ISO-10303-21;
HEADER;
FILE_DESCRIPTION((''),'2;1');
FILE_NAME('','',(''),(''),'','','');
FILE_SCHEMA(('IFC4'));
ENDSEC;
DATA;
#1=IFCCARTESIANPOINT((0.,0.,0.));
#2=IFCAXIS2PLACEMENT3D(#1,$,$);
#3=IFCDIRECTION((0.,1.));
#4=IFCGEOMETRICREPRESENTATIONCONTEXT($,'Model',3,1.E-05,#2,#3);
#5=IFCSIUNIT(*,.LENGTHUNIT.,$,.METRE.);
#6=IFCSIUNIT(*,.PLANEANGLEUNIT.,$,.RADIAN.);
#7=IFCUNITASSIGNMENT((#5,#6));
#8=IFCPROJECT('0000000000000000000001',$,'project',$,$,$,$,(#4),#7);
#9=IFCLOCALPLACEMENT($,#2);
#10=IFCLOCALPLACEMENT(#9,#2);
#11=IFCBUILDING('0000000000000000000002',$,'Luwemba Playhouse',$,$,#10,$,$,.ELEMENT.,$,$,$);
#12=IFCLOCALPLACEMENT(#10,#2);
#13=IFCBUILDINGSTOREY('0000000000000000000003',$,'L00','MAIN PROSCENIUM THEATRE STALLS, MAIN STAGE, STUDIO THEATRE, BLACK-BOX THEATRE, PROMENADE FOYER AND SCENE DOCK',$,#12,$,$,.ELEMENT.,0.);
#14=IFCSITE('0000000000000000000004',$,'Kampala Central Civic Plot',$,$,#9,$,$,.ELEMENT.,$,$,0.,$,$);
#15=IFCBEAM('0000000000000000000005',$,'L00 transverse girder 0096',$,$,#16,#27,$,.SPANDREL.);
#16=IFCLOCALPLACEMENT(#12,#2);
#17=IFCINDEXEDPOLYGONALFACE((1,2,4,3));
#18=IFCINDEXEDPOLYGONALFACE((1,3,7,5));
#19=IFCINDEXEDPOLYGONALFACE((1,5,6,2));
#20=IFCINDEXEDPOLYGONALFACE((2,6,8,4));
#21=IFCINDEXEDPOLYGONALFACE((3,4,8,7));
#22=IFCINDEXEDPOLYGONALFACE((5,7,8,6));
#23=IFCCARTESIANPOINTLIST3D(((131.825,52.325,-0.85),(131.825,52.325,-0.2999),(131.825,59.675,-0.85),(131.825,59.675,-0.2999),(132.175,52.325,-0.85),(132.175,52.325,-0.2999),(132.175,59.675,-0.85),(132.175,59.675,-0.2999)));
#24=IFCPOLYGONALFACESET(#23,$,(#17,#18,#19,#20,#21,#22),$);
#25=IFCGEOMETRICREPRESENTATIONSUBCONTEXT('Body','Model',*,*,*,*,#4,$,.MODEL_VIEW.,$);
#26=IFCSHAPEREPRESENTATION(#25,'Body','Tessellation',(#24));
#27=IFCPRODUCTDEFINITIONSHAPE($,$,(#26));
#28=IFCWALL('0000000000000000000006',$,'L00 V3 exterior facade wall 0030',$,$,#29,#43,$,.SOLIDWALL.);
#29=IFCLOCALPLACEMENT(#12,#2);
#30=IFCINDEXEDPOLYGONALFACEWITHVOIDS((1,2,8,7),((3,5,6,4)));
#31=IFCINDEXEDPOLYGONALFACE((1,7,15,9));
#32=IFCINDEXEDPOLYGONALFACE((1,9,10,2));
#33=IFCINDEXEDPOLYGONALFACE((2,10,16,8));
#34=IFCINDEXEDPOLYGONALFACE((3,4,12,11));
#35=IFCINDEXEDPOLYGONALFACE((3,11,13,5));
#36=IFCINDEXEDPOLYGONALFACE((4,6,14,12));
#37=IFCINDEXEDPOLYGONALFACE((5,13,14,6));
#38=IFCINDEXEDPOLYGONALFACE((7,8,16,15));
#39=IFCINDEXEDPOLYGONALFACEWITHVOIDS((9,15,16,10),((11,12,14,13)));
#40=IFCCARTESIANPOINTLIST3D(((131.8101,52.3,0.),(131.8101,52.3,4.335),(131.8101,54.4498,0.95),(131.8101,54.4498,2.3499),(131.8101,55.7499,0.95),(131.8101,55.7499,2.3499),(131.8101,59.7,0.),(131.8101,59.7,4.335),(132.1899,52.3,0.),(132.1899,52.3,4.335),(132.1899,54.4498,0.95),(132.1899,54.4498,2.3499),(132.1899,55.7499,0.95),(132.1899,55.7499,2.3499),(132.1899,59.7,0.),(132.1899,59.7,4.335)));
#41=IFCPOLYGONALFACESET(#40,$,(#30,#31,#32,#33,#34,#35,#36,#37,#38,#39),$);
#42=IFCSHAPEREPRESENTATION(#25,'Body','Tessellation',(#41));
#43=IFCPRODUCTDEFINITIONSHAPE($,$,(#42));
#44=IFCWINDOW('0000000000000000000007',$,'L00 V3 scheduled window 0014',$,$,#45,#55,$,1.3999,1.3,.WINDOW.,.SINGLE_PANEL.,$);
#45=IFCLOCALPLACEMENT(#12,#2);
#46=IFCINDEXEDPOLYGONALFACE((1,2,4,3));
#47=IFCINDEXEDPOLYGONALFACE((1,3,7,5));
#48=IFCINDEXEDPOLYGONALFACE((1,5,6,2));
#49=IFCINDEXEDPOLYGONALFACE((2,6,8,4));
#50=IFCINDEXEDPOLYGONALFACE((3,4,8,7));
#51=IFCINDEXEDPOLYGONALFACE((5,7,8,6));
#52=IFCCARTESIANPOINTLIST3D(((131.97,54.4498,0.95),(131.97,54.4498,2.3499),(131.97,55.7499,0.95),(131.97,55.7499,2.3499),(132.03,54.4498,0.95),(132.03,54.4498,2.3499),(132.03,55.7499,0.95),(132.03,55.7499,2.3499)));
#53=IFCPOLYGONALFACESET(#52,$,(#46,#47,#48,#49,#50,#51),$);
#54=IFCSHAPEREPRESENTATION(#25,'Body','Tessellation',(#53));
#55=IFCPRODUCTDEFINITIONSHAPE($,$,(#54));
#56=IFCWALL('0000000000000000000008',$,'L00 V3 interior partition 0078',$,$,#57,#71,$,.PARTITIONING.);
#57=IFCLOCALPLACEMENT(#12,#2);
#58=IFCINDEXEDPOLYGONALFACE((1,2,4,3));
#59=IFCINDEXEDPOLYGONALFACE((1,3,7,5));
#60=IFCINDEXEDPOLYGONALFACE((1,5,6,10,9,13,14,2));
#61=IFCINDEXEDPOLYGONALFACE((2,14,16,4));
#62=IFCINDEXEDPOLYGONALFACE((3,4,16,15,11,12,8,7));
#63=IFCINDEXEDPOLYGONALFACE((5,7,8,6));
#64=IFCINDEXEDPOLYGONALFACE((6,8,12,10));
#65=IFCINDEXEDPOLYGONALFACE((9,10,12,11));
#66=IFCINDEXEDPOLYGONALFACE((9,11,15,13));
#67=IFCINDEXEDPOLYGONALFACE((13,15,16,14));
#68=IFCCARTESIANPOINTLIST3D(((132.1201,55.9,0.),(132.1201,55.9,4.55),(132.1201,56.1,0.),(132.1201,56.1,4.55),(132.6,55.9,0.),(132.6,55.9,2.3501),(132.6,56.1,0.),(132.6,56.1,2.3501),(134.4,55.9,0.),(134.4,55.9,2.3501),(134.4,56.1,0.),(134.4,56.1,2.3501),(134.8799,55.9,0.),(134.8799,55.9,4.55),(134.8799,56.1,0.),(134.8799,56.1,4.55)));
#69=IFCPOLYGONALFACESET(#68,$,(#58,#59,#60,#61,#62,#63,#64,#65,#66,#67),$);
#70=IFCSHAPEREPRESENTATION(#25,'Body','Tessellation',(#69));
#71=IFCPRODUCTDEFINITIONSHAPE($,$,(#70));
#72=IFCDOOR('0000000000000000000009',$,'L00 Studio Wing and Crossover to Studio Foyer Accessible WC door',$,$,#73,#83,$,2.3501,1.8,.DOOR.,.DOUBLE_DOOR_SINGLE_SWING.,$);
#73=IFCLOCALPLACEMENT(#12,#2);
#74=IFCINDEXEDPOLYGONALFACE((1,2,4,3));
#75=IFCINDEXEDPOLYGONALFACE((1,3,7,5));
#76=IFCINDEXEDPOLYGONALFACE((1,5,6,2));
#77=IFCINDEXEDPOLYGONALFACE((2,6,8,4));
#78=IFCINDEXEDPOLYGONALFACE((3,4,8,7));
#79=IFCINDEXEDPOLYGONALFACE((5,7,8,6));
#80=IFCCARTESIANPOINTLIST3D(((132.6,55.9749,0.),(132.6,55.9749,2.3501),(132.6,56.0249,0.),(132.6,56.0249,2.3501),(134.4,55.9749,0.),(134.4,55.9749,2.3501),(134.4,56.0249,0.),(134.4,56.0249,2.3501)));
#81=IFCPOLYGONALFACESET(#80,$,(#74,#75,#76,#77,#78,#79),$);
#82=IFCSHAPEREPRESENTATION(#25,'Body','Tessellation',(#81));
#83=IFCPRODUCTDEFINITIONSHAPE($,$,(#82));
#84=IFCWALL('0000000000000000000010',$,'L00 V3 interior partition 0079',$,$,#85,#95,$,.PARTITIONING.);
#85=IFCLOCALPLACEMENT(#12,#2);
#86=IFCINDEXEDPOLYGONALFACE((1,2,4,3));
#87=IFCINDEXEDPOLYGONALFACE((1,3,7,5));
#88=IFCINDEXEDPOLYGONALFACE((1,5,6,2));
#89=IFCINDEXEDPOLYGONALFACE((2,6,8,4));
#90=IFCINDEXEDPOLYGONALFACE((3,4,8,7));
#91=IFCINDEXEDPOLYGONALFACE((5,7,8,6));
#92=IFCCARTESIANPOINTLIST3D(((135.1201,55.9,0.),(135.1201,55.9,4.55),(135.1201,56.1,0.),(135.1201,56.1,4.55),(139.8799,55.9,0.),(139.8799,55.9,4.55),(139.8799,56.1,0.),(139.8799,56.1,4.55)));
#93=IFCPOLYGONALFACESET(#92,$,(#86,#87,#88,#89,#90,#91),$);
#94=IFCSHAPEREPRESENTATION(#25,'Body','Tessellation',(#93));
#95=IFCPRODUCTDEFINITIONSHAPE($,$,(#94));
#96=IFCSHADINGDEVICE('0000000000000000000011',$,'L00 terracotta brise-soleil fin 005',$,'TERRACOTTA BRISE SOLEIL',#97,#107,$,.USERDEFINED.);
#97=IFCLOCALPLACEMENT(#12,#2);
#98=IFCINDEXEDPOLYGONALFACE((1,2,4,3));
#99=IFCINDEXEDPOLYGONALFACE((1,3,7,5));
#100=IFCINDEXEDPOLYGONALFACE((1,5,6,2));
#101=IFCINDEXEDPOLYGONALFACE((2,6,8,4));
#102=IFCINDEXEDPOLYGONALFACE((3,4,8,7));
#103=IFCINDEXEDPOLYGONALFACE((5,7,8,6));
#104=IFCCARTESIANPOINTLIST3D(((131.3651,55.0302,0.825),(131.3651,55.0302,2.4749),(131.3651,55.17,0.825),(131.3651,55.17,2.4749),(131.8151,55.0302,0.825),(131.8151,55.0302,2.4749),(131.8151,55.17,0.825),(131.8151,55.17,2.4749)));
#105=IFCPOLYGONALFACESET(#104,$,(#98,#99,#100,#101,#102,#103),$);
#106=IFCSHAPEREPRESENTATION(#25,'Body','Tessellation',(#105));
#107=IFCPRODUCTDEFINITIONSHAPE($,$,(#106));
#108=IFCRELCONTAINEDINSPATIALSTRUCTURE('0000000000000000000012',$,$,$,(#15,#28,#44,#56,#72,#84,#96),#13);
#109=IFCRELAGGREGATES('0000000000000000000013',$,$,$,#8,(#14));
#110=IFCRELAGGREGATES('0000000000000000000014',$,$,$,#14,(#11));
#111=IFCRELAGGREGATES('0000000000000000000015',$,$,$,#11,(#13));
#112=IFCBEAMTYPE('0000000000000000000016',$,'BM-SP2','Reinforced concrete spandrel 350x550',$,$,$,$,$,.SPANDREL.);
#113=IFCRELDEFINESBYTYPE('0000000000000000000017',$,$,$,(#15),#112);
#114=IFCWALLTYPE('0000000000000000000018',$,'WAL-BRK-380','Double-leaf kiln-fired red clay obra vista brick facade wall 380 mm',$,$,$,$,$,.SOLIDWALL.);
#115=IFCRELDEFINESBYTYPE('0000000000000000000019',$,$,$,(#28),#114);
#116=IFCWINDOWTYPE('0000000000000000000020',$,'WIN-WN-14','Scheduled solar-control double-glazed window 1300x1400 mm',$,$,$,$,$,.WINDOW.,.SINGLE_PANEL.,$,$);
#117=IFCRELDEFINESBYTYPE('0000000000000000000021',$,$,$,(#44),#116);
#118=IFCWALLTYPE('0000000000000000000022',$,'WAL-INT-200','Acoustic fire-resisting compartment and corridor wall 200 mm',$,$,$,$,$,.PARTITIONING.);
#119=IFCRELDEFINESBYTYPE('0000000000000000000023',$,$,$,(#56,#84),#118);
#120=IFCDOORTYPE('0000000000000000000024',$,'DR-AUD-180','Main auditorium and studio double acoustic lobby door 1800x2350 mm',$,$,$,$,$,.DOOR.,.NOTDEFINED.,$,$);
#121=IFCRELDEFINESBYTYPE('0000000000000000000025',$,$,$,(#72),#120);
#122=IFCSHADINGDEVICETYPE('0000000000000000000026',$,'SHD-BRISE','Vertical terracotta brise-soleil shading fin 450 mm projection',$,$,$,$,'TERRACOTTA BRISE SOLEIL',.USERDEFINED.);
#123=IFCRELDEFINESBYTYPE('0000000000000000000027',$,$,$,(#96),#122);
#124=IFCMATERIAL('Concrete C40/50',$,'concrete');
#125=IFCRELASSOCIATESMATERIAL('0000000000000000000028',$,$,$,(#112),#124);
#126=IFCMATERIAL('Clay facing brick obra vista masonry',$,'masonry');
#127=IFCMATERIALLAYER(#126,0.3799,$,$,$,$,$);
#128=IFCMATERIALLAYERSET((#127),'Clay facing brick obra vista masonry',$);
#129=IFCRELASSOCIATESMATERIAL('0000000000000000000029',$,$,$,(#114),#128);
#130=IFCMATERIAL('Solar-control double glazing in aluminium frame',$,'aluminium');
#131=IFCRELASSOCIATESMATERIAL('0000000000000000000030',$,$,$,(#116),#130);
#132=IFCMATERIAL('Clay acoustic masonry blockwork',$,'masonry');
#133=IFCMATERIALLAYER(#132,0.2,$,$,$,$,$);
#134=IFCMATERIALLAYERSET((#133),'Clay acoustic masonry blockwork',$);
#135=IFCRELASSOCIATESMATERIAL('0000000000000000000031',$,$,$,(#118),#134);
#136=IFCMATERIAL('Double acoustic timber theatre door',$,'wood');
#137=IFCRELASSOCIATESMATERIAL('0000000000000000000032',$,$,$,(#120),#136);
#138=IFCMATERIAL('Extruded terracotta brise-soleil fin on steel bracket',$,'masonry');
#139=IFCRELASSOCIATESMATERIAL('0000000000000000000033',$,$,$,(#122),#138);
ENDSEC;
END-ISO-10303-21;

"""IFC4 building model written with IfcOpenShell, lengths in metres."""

from ifc_helpers import new_model, si_unit, direction, frame, frame_2d, origin, origin_2d, place, context, subcontext, project, spatial, rectangle, extrude, material, layer, layer_set, material_profile, profile_set, type_object, element, fill, save


model = new_model("IFC4")

# Units and contexts
model_context = context("Model", 3, precision=1e-05, world=origin(), true_north=direction((0.0, 1.0)))
body_context = subcontext(model_context, "Body", "Model", "MODEL_VIEW")
ifc_project = project(units=[si_unit("LENGTHUNIT", "METRE"), si_unit("PLANEANGLEUNIT", "RADIAN")], contexts=[model_context])

# Site, building, storey
site_placement = place(None, origin())
site = spatial("IfcSite", under=ifc_project, at=site_placement, Name="Kampala Central Civic Plot", CompositionType="ELEMENT", RefElevation=0.0)
building_placement = place(site_placement, origin())
building = spatial("IfcBuilding", under=site, at=building_placement, Name="Luwemba Playhouse", CompositionType="ELEMENT")
storey_placement = place(building_placement, origin())
storey = spatial("IfcBuildingStorey", under=building, at=storey_placement, Name="L00", Description="MAIN PROSCENIUM THEATRE STALLS, MAIN STAGE, STUDIO THEATRE, BLACK-BOX THEATRE, PROMENADE FOYER AND SCENE DOCK", CompositionType="ELEMENT", Elevation=0.0)

# Shared definitions
ifc_material_1 = material(Name="Concrete C40/50", Category="concrete")

# Beam
ifc_material_profile_1 = material_profile(ifc_material_1, rectangle(XDim=0.3501, YDim=0.55, at=origin_2d()))
ifc_profile_set_1 = profile_set([ifc_material_profile_1], Name="Concrete C40/50")
beam_type_1 = type_object("IfcBeamType", Name="BM-SP2", Description="Reinforced concrete spandrel 350x550", PredefinedType="SPANDREL", material=ifc_profile_set_1)
beam_1_placement = place(storey_placement, frame((132.0, 52.325, -0.575), z_axis=(0.0, 1.0, 0.0), x_axis=(-1.0, 0.0, 0.0)))
element("IfcBeam", 1, at=beam_1_placement, inside=storey, type_object=beam_type_1, Name="L00 transverse girder 0096", PredefinedType="SPANDREL", context=body_context, shape_type="SweptSolid", body=[
    extrude(rectangle(XDim=0.3501, YDim=0.55, at=origin_2d()), origin(), (0.0, 0.0, 1.0), 7.3501),
])

# Wall, opening, window
ifc_material_2 = material(Name="Clay facing brick obra vista masonry", Category="masonry")
ifc_layer_1 = layer(ifc_material_2, 0.3799)
ifc_layer_set_1 = layer_set([ifc_layer_1], Name="Clay facing brick obra vista masonry")
wall_type_1 = type_object("IfcWallType", Name="WAL-BRK-380", Description="Double-leaf kiln-fired red clay obra vista brick facade wall 380 mm", PredefinedType="SOLIDWALL", material=ifc_layer_set_1)
wall_1_placement = place(storey_placement, frame((132.0, 52.3, 0.0), z_axis=(0.0, 0.0, 1.0), x_axis=(0.0, 1.0, 0.0)))
wall_1 = element("IfcWall", 2, at=wall_1_placement, inside=storey, type_object=wall_type_1, Name="L00 V3 exterior facade wall 0030", PredefinedType="SOLIDWALL", context=body_context, shape_type="SweptSolid", body=[
    extrude(rectangle(XDim=7.3999, YDim=0.3799, at=frame_2d((3.7, 0.0))), origin(), (0.0, 0.0, 1.0), 4.335),
])
opening_1_placement = place(wall_1_placement, frame((2.1499, 0.0, 0.95)))
opening_1 = element("IfcOpeningElement", 3, at=opening_1_placement, cuts=wall_1, PredefinedType="OPENING", context=body_context, shape_type="SweptSolid", body=[
    extrude(rectangle(XDim=1.3, YDim=1.3999, at=frame_2d((0.6499, 0.7))), frame((0.0, 0.2, 0.0), z_axis=(0.0, -1.0, 0.0), x_axis=(1.0, 0.0, 0.0)), (0.0, 0.0, 1.0), 0.3999),
])
ifc_material_3 = material(Name="Solar-control double glazing in aluminium frame", Category="aluminium")
window_type = type_object("IfcWindowType", Name="WIN-WN-14", Description="Scheduled solar-control double-glazed window 1300x1400 mm", PartitioningType="SINGLE_PANEL", PredefinedType="WINDOW", material=ifc_material_3)
window_placement = place(opening_1_placement, origin())
window = element("IfcWindow", 4, at=window_placement, inside=storey, type_object=window_type, Name="L00 V3 scheduled window 0014", OverallHeight=1.3999, OverallWidth=1.3, PartitioningType="SINGLE_PANEL", PredefinedType="WINDOW", context=body_context, shape_type="SweptSolid", body=[
    extrude(rectangle(XDim=1.3, YDim=1.3999, at=frame_2d((0.6499, 0.7))), frame((0.0, 0.03, 0.0), z_axis=(0.0, -1.0, 0.0), x_axis=(1.0, 0.0, 0.0)), (0.0, 0.0, 1.0), 0.0601),
])
fill(opening_1, window)

# Wall, opening, door
ifc_material_4 = material(Name="Clay acoustic masonry blockwork", Category="masonry")
ifc_layer_2 = layer(ifc_material_4, 0.2)
ifc_layer_set_2 = layer_set([ifc_layer_2], Name="Clay acoustic masonry blockwork")
wall_type_2 = type_object("IfcWallType", Name="WAL-INT-200", Description="Acoustic fire-resisting compartment and corridor wall 200 mm", PredefinedType="PARTITIONING", material=ifc_layer_set_2)
wall_2_placement = place(storey_placement, frame((132.1201, 56.0, 0.0), z_axis=(0.0, 0.0, 1.0), x_axis=(1.0, 0.0, 0.0)))
wall_2 = element("IfcWall", 5, at=wall_2_placement, inside=storey, type_object=wall_type_2, Name="L00 V3 interior partition 0078", PredefinedType="PARTITIONING", context=body_context, shape_type="SweptSolid", body=[
    extrude(rectangle(XDim=2.7598, YDim=0.2, at=frame_2d((1.3799, 0.0))), origin(), (0.0, 0.0, 1.0), 4.55),
])
opening_2_placement = place(wall_2_placement, frame((0.48, 0.0, 0.0)))
opening_2 = element("IfcOpeningElement", 6, at=opening_2_placement, cuts=wall_2, PredefinedType="OPENING", context=body_context, shape_type="SweptSolid", body=[
    extrude(rectangle(XDim=1.8, YDim=2.3501, at=frame_2d((0.8999, 1.175))), frame((0.0, 0.1099, 0.0), z_axis=(0.0, -1.0, 0.0), x_axis=(1.0, 0.0, 0.0)), (0.0, 0.0, 1.0), 0.22),
])
ifc_material_5 = material(Name="Double acoustic timber theatre door", Category="wood")
door_type = type_object("IfcDoorType", Name="DR-AUD-180", Description="Main auditorium and studio double acoustic lobby door 1800x2350 mm", OperationType="NOTDEFINED", PredefinedType="DOOR", material=ifc_material_5)
door_placement = place(opening_2_placement, origin())
door = element("IfcDoor", 7, at=door_placement, inside=storey, type_object=door_type, Name="L00 Studio Wing and Crossover to Studio Foyer Accessible WC door", OperationType="DOUBLE_DOOR_SINGLE_SWING", OverallHeight=2.3501, OverallWidth=1.8, PredefinedType="DOOR", context=body_context, shape_type="SweptSolid", body=[
    extrude(rectangle(XDim=1.8, YDim=2.3501, at=frame_2d((0.8999, 1.175))), frame((0.0, 0.0249, 0.0), z_axis=(0.0, -1.0, 0.0), x_axis=(1.0, 0.0, 0.0)), (0.0, 0.0, 1.0), 0.05),
])
fill(opening_2, door)

# Wall
wall_3_placement = place(storey_placement, frame((135.1201, 56.0, 0.0), z_axis=(0.0, 0.0, 1.0), x_axis=(1.0, 0.0, 0.0)))
element("IfcWall", 8, at=wall_3_placement, inside=storey, type_object=wall_type_2, Name="L00 V3 interior partition 0079", PredefinedType="PARTITIONING", context=body_context, shape_type="SweptSolid", body=[
    extrude(rectangle(XDim=4.7598, YDim=0.2, at=frame_2d((2.3799, 0.0))), origin(), (0.0, 0.0, 1.0), 4.55),
])

# Shading device
ifc_material_6 = material(Name="Extruded terracotta brise-soleil fin on steel bracket", Category="masonry")
shading_device_type = type_object("IfcShadingDeviceType", Name="SHD-BRISE", Description="Vertical terracotta brise-soleil shading fin 450 mm projection", ElementType="TERRACOTTA BRISE SOLEIL", PredefinedType="USERDEFINED", material=ifc_material_6)
shading_device_placement = place(storey_placement, frame((131.5901, 55.1001, 0.825), z_axis=(0.0, 0.0, 1.0), x_axis=(0.0, 1.0, 0.0)))
element("IfcShadingDevice", 9, at=shading_device_placement, inside=storey, type_object=shading_device_type, Name="L00 terracotta brise-soleil fin 005", ObjectType="TERRACOTTA BRISE SOLEIL", PredefinedType="USERDEFINED", context=body_context, shape_type="SweptSolid", body=[
    extrude(rectangle(XDim=0.1399, YDim=0.45, at=origin_2d()), origin(), (0.0, 0.0, 1.0), 1.6499),
])

save(model, "model.ifc")
